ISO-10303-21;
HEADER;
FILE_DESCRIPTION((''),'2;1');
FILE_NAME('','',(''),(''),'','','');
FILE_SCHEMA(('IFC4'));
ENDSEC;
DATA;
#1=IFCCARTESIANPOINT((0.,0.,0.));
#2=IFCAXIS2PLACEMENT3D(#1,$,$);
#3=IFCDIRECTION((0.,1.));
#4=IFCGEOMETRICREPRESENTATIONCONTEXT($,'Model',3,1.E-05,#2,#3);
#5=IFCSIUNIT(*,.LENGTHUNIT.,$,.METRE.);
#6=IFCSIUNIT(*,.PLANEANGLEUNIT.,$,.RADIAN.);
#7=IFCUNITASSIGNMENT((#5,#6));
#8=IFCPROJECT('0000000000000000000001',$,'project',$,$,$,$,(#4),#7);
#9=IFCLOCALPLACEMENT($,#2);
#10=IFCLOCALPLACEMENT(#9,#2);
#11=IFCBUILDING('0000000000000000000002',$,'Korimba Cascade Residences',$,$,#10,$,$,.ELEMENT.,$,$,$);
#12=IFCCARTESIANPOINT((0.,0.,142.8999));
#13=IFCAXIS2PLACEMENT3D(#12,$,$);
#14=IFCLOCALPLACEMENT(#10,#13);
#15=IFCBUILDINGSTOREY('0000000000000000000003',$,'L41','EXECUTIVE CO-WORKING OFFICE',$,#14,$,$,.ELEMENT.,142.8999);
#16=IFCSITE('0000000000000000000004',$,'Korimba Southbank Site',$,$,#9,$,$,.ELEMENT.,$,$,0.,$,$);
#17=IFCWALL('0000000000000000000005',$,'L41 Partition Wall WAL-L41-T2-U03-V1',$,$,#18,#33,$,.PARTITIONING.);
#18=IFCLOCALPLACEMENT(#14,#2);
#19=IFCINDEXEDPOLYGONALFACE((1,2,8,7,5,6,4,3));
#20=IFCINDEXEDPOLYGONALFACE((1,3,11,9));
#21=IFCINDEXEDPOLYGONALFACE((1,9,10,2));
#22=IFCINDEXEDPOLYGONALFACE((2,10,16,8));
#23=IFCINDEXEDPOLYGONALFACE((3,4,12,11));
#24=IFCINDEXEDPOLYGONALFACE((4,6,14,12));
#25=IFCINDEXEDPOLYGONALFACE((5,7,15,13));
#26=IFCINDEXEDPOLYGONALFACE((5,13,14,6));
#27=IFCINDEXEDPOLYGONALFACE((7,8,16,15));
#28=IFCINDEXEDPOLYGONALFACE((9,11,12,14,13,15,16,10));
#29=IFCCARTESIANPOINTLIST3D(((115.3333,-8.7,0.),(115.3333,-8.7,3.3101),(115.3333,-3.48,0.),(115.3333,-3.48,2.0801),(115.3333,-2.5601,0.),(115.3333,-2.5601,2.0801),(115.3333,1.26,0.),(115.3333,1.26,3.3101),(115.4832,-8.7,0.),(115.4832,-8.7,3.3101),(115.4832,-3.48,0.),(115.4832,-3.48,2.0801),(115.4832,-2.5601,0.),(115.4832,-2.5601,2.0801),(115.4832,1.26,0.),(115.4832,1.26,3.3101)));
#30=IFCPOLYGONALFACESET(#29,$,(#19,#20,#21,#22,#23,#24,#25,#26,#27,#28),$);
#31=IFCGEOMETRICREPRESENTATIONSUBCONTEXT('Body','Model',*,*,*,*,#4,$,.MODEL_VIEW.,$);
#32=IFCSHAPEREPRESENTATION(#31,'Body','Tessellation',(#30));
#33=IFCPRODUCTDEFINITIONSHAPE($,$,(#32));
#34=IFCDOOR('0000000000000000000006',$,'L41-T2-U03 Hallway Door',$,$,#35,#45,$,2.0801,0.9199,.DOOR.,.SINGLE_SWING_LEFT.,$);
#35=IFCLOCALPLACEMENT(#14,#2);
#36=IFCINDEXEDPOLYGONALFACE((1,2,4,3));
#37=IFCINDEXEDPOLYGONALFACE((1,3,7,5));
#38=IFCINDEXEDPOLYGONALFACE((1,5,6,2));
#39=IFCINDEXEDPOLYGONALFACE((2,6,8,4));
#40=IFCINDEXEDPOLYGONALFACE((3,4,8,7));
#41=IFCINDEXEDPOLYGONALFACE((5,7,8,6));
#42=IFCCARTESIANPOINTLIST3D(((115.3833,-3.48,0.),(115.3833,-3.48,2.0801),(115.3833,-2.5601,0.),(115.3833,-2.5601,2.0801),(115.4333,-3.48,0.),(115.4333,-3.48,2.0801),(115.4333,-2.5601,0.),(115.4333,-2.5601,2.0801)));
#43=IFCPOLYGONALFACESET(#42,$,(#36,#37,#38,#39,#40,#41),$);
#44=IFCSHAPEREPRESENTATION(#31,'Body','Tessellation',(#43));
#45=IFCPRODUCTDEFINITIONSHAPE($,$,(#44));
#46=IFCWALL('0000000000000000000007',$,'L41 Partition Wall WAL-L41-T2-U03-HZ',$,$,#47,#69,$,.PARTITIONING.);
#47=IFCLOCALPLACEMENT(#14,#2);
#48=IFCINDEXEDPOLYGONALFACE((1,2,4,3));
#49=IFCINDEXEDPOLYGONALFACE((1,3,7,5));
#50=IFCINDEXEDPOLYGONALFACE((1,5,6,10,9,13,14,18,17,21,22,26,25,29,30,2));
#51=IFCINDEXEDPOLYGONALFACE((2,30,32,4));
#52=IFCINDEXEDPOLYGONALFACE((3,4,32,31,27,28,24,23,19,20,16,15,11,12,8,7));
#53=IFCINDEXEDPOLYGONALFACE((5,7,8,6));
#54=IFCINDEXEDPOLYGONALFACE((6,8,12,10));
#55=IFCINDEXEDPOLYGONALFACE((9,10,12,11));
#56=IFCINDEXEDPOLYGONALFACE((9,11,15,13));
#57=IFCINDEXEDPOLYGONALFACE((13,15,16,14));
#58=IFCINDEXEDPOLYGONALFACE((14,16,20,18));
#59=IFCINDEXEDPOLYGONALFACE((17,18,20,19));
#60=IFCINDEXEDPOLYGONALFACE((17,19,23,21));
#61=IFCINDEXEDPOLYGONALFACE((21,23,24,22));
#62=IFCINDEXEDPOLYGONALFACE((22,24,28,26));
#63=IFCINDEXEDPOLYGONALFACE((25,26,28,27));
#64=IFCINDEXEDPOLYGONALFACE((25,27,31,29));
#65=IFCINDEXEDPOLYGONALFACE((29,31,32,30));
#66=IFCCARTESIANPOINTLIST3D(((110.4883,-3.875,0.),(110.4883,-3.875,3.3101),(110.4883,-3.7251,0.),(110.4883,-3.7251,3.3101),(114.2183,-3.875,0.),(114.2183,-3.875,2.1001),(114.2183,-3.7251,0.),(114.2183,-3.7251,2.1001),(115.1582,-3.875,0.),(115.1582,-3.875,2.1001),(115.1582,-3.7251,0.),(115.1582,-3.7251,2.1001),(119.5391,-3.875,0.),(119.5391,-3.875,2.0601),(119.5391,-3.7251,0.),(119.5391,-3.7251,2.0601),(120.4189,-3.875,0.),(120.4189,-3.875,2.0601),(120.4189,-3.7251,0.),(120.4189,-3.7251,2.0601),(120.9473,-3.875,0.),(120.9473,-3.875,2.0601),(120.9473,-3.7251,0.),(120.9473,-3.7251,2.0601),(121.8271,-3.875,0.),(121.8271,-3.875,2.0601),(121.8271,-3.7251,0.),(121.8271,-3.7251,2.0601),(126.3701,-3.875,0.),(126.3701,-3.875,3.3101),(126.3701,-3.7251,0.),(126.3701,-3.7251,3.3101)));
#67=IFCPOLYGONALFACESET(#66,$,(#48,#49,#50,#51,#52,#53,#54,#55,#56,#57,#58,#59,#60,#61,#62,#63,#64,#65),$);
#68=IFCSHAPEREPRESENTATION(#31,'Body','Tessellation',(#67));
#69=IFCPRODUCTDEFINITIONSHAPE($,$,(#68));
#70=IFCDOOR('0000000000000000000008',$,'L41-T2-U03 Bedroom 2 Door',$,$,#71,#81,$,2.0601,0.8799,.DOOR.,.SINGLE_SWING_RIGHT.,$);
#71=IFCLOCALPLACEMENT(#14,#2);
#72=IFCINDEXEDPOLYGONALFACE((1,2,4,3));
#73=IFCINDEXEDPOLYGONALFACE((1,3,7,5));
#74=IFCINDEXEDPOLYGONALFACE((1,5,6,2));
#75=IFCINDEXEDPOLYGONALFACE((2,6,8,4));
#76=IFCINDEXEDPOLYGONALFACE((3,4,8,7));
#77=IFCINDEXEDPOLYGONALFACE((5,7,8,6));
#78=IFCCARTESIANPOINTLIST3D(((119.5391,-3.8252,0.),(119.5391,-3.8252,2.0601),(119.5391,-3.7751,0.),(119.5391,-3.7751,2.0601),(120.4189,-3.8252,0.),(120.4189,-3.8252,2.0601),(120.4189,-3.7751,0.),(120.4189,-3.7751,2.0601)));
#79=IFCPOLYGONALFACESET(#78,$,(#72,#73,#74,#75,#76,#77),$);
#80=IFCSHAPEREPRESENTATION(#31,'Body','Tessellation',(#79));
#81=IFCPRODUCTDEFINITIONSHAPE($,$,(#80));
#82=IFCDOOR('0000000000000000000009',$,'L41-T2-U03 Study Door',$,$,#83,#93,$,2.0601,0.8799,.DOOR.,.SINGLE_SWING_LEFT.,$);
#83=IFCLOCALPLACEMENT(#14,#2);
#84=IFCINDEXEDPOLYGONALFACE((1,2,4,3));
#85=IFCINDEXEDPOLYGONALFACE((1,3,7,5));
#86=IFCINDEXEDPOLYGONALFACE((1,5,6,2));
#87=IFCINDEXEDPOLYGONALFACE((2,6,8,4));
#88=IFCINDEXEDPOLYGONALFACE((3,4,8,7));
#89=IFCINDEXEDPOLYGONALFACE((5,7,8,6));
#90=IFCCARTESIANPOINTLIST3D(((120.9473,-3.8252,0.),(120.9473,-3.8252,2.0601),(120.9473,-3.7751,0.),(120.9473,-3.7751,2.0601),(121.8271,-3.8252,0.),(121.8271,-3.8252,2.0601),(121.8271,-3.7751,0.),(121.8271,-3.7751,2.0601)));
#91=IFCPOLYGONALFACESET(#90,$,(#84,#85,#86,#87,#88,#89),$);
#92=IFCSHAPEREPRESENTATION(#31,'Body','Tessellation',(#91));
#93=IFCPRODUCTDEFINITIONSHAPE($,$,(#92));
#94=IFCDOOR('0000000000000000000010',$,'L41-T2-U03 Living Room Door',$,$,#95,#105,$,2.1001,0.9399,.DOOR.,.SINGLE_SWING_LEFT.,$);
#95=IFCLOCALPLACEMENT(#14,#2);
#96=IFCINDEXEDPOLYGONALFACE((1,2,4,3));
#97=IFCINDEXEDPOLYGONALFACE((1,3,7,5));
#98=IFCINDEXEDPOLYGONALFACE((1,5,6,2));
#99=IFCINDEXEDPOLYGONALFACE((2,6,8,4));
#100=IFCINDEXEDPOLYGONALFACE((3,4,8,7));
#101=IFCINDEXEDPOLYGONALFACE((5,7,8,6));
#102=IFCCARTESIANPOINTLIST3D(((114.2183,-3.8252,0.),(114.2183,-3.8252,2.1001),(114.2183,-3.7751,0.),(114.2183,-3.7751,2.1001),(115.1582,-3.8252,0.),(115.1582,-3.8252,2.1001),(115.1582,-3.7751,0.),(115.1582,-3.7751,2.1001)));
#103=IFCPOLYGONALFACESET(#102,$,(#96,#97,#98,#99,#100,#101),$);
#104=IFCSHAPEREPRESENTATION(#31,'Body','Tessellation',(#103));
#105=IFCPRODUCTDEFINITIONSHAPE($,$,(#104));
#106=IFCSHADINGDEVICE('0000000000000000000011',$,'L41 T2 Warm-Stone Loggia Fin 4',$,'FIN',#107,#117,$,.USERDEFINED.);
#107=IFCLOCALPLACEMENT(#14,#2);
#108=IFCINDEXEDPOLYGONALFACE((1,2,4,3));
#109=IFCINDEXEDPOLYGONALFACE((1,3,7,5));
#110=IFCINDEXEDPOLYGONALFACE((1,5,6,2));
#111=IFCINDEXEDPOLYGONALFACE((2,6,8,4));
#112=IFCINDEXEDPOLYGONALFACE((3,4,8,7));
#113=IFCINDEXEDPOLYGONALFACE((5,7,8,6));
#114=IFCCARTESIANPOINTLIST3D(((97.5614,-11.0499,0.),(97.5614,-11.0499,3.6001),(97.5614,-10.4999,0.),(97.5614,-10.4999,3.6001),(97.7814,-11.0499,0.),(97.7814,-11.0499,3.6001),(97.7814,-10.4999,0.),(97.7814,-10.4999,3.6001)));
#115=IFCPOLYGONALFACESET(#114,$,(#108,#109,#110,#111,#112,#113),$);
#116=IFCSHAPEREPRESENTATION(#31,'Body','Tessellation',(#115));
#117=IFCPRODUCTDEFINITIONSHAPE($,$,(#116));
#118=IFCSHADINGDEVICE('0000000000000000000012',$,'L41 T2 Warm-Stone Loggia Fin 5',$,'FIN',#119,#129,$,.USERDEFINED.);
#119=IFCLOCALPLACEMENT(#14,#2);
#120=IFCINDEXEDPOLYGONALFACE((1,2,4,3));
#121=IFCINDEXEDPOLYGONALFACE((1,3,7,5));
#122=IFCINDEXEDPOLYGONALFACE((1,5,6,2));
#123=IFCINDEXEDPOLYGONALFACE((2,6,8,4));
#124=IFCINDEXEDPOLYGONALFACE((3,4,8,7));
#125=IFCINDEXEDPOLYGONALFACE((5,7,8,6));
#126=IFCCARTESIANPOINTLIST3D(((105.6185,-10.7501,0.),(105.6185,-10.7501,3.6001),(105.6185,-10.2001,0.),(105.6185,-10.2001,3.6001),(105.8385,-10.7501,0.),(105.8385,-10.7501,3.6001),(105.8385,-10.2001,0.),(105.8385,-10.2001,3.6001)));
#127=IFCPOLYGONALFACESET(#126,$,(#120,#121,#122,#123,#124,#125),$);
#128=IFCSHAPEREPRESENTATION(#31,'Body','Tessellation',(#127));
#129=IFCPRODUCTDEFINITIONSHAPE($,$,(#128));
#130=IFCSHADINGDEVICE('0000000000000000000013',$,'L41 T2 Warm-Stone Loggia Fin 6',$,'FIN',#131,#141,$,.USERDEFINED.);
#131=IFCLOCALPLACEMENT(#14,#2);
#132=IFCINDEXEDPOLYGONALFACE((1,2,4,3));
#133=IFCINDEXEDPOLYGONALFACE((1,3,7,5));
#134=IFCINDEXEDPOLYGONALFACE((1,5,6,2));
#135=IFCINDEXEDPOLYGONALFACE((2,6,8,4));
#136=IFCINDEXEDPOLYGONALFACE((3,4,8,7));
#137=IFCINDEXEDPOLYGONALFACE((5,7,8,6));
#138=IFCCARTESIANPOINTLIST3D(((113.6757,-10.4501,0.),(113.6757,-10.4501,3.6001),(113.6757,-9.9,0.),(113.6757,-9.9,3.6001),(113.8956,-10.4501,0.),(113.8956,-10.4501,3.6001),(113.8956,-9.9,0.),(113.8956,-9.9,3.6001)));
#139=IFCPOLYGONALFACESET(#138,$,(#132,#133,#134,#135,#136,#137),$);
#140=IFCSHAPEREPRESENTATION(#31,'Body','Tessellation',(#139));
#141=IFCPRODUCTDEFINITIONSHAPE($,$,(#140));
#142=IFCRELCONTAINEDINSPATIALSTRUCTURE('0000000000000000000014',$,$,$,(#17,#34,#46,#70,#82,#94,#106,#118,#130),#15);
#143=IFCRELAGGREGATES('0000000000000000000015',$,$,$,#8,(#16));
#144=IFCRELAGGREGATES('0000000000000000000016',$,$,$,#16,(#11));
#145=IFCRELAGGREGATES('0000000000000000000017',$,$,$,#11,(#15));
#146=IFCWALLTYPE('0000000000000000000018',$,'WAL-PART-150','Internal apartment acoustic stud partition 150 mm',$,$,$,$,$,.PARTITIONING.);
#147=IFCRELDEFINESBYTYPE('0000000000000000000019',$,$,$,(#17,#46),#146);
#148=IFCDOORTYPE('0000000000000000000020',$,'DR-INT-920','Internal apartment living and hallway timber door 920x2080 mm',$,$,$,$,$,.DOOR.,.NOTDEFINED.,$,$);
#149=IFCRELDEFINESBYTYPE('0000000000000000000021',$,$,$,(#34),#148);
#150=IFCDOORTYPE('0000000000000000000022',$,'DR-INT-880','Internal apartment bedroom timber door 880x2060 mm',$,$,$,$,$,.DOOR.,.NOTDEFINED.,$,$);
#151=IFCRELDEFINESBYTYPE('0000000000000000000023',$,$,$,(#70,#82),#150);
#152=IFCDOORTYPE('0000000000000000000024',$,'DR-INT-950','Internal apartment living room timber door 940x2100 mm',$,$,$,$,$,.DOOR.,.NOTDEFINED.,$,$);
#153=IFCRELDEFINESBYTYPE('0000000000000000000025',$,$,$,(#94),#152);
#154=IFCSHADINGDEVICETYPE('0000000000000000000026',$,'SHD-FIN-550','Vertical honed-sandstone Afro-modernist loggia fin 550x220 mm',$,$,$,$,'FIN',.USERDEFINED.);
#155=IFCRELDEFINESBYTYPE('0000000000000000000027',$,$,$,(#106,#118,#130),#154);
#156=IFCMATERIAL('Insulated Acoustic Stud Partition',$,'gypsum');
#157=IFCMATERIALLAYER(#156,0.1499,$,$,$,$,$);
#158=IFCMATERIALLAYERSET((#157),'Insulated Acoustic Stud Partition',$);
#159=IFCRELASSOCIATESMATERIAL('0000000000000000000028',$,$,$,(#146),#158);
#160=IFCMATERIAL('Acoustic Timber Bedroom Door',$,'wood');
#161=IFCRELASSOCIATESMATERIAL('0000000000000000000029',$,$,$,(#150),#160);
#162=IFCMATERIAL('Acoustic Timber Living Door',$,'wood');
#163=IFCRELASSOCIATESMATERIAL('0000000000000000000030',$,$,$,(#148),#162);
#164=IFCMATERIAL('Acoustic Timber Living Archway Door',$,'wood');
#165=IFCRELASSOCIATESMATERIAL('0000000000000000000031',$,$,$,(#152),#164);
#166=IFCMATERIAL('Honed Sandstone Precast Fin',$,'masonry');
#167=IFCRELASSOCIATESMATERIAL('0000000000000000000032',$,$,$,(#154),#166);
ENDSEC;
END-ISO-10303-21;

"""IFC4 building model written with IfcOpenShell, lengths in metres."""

from ifc_helpers import new_model, si_unit, direction, frame, frame_2d, origin, origin_2d, place, context, subcontext, project, spatial, rectangle, extrude, material, layer, layer_set, type_object, element, fill, save


model = new_model("IFC4")

# Units and contexts
model_context = context("Model", 3, precision=1e-05, world=origin(), true_north=direction((0.0, 1.0)))
body_context = subcontext(model_context, "Body", "Model", "MODEL_VIEW")
ifc_project = project(units=[si_unit("LENGTHUNIT", "METRE"), si_unit("PLANEANGLEUNIT", "RADIAN")], contexts=[model_context])

# Site, building, storey
site_placement = place(None, origin())
site = spatial("IfcSite", under=ifc_project, at=site_placement, Name="Korimba Southbank Site", CompositionType="ELEMENT", RefElevation=0.0)
building_placement = place(site_placement, origin())
building = spatial("IfcBuilding", under=site, at=building_placement, Name="Korimba Cascade Residences", CompositionType="ELEMENT")
storey_placement = place(building_placement, frame((0.0, 0.0, 142.8999)))
storey = spatial("IfcBuildingStorey", under=building, at=storey_placement, Name="L41", Description="EXECUTIVE CO-WORKING OFFICE", CompositionType="ELEMENT", Elevation=142.8999)

# Shared definitions
ifc_material_1 = material(Name="Insulated Acoustic Stud Partition", Category="gypsum")
ifc_layer_1 = layer(ifc_material_1, 0.1499)
ifc_layer_set_1 = layer_set([ifc_layer_1], Name="Insulated Acoustic Stud Partition")
wall_type_1 = type_object("IfcWallType", Name="WAL-PART-150", Description="Internal apartment acoustic stud partition 150 mm", PredefinedType="PARTITIONING", material=ifc_layer_set_1)
ifc_material_2 = material(Name="Acoustic Timber Bedroom Door", Category="wood")
door_type_1 = type_object("IfcDoorType", Name="DR-INT-880", Description="Internal apartment bedroom timber door 880x2060 mm", OperationType="NOTDEFINED", PredefinedType="DOOR", material=ifc_material_2)

# Wall, opening, door
wall_1_placement = place(storey_placement, frame((115.4082, -8.7, 0.0), z_axis=(0.0, 0.0, 1.0), x_axis=(0.0, 1.0, 0.0)))
wall_1 = element("IfcWall", 1, at=wall_1_placement, inside=storey, type_object=wall_type_1, Name="L41 Partition Wall WAL-L41-T2-U03-V1", PredefinedType="PARTITIONING", context=body_context, shape_type="SweptSolid", body=[
    extrude(rectangle(XDim=9.96, YDim=0.1499, at=frame_2d((4.98, 0.0))), origin(), (0.0, 0.0, 1.0), 3.3101),
])
opening_1_placement = place(wall_1_placement, frame((5.22, 0.0, 0.0)))
opening_1 = element("IfcOpeningElement", 2, at=opening_1_placement, cuts=wall_1, PredefinedType="OPENING", context=body_context, shape_type="SweptSolid", body=[
    extrude(rectangle(XDim=0.9199, YDim=2.0801, at=frame_2d((0.46, 1.04))), frame((0.0, 0.085, 0.0), z_axis=(0.0, -1.0, 0.0), x_axis=(1.0, 0.0, 0.0)), (0.0, 0.0, 1.0), 0.1699),
])
ifc_material_3 = material(Name="Acoustic Timber Living Door", Category="wood")
door_type_2 = type_object("IfcDoorType", Name="DR-INT-920", Description="Internal apartment living and hallway timber door 920x2080 mm", OperationType="NOTDEFINED", PredefinedType="DOOR", material=ifc_material_3)
door_1_placement = place(opening_1_placement, origin())
door_1 = element("IfcDoor", 3, at=door_1_placement, inside=storey, type_object=door_type_2, Name="L41-T2-U03 Hallway Door", OperationType="SINGLE_SWING_LEFT", OverallHeight=2.0801, OverallWidth=0.9199, PredefinedType="DOOR", context=body_context, shape_type="SweptSolid", body=[
    extrude(rectangle(XDim=0.9199, YDim=2.0801, at=frame_2d((0.46, 1.04))), frame((0.0, 0.0249, 0.0), z_axis=(0.0, -1.0, 0.0), x_axis=(1.0, 0.0, 0.0)), (0.0, 0.0, 1.0), 0.05),
])
fill(opening_1, door_1)

# Wall, openings, doors
wall_2_placement = place(storey_placement, frame((110.4883, -3.8, 0.0), z_axis=(0.0, 0.0, 1.0), x_axis=(1.0, 0.0, 0.0)))
wall_2 = element("IfcWall", 4, at=wall_2_placement, inside=storey, type_object=wall_type_1, Name="L41 Partition Wall WAL-L41-T2-U03-HZ", PredefinedType="PARTITIONING", context=body_context, shape_type="SweptSolid", body=[
    extrude(rectangle(XDim=15.8818, YDim=0.1499, at=frame_2d((7.9409, 0.0))), origin(), (0.0, 0.0, 1.0), 3.3101),
])
opening_2_placement = place(wall_2_placement, frame((3.73, 0.0, 0.0)))
opening_2 = element("IfcOpeningElement", 5, at=opening_2_placement, cuts=wall_2, PredefinedType="OPENING", context=body_context, shape_type="SweptSolid", body=[
    extrude(rectangle(XDim=0.9399, YDim=2.1001, at=frame_2d((0.47, 1.05))), frame((0.0, 0.085, 0.0), z_axis=(0.0, -1.0, 0.0), x_axis=(1.0, 0.0, 0.0)), (0.0, 0.0, 1.0), 0.1699),
])
opening_3_placement = place(wall_2_placement, frame((9.0508, 0.0, 0.0)))
opening_3 = element("IfcOpeningElement", 6, at=opening_3_placement, cuts=wall_2, PredefinedType="OPENING", context=body_context, shape_type="SweptSolid", body=[
    extrude(rectangle(XDim=0.8799, YDim=2.0601, at=frame_2d((0.4399, 1.03))), frame((0.0, 0.085, 0.0), z_axis=(0.0, -1.0, 0.0), x_axis=(1.0, 0.0, 0.0)), (0.0, 0.0, 1.0), 0.1699),
])
opening_4_placement = place(wall_2_placement, frame((10.459, 0.0, 0.0)))
opening_4 = element("IfcOpeningElement", 7, at=opening_4_placement, cuts=wall_2, PredefinedType="OPENING", context=body_context, shape_type="SweptSolid", body=[
    extrude(rectangle(XDim=0.8799, YDim=2.0601, at=frame_2d((0.4399, 1.03))), frame((0.0, 0.085, 0.0), z_axis=(0.0, -1.0, 0.0), x_axis=(1.0, 0.0, 0.0)), (0.0, 0.0, 1.0), 0.1699),
])
door_2_placement = place(opening_3_placement, origin())
door_2 = element("IfcDoor", 8, at=door_2_placement, inside=storey, type_object=door_type_1, Name="L41-T2-U03 Bedroom 2 Door", OperationType="SINGLE_SWING_RIGHT", OverallHeight=2.0601, OverallWidth=0.8799, PredefinedType="DOOR", context=body_context, shape_type="SweptSolid", body=[
    extrude(rectangle(XDim=0.8799, YDim=2.0601, at=frame_2d((0.4399, 1.03))), frame((0.0, 0.0249, 0.0), z_axis=(0.0, -1.0, 0.0), x_axis=(1.0, 0.0, 0.0)), (0.0, 0.0, 1.0), 0.05),
])
fill(opening_3, door_2)
door_3_placement = place(opening_4_placement, origin())
door_3 = element("IfcDoor", 9, at=door_3_placement, inside=storey, type_object=door_type_1, Name="L41-T2-U03 Study Door", OperationType="SINGLE_SWING_LEFT", OverallHeight=2.0601, OverallWidth=0.8799, PredefinedType="DOOR", context=body_context, shape_type="SweptSolid", body=[
    extrude(rectangle(XDim=0.8799, YDim=2.0601, at=frame_2d((0.4399, 1.03))), frame((0.0, 0.0249, 0.0), z_axis=(0.0, -1.0, 0.0), x_axis=(1.0, 0.0, 0.0)), (0.0, 0.0, 1.0), 0.05),
])
fill(opening_4, door_3)
ifc_material_4 = material(Name="Acoustic Timber Living Archway Door", Category="wood")
door_type_3 = type_object("IfcDoorType", Name="DR-INT-950", Description="Internal apartment living room timber door 940x2100 mm", OperationType="NOTDEFINED", PredefinedType="DOOR", material=ifc_material_4)
door_4_placement = place(opening_2_placement, origin())
door_4 = element("IfcDoor", 10, at=door_4_placement, inside=storey, type_object=door_type_3, Name="L41-T2-U03 Living Room Door", OperationType="SINGLE_SWING_LEFT", OverallHeight=2.1001, OverallWidth=0.9399, PredefinedType="DOOR", context=body_context, shape_type="SweptSolid", body=[
    extrude(rectangle(XDim=0.9399, YDim=2.1001, at=frame_2d((0.47, 1.05))), frame((0.0, 0.0249, 0.0), z_axis=(0.0, -1.0, 0.0), x_axis=(1.0, 0.0, 0.0)), (0.0, 0.0, 1.0), 0.05),
])
fill(opening_2, door_4)

# Shading devices
ifc_material_5 = material(Name="Honed Sandstone Precast Fin", Category="masonry")
shading_device_type = type_object("IfcShadingDeviceType", Name="SHD-FIN-550", Description="Vertical honed-sandstone Afro-modernist loggia fin 550x220 mm", ElementType="FIN", PredefinedType="USERDEFINED", material=ifc_material_5)
for number, where, z_axis, x_axis, name in (
    (11, (97.6714, -10.7749, 0.0), (0.0, 0.0, 1.0), (1.0, 0.0, 0.0), "L41 T2 Warm-Stone Loggia Fin 4"),
    (12, (105.7285, -10.4751, 0.0), (0.0, 0.0, 1.0), (1.0, 0.0, 0.0), "L41 T2 Warm-Stone Loggia Fin 5"),
    (13, (113.7856, -10.175, 0.0), (0.0, 0.0, 1.0), (1.0, 0.0, 0.0), "L41 T2 Warm-Stone Loggia Fin 6"),
):
    element("IfcShadingDevice", number, at=place(storey_placement, frame(where, z_axis=z_axis, x_axis=x_axis)), inside=storey, type_object=shading_device_type, Name=name, ObjectType="FIN", PredefinedType="USERDEFINED", context=body_context, shape_type="SweptSolid", body=[
        extrude(rectangle(XDim=0.22, YDim=0.55, at=origin_2d()), origin(), (0.0, 0.0, 1.0), 3.6001),
    ])

save(model, "model.ifc")
